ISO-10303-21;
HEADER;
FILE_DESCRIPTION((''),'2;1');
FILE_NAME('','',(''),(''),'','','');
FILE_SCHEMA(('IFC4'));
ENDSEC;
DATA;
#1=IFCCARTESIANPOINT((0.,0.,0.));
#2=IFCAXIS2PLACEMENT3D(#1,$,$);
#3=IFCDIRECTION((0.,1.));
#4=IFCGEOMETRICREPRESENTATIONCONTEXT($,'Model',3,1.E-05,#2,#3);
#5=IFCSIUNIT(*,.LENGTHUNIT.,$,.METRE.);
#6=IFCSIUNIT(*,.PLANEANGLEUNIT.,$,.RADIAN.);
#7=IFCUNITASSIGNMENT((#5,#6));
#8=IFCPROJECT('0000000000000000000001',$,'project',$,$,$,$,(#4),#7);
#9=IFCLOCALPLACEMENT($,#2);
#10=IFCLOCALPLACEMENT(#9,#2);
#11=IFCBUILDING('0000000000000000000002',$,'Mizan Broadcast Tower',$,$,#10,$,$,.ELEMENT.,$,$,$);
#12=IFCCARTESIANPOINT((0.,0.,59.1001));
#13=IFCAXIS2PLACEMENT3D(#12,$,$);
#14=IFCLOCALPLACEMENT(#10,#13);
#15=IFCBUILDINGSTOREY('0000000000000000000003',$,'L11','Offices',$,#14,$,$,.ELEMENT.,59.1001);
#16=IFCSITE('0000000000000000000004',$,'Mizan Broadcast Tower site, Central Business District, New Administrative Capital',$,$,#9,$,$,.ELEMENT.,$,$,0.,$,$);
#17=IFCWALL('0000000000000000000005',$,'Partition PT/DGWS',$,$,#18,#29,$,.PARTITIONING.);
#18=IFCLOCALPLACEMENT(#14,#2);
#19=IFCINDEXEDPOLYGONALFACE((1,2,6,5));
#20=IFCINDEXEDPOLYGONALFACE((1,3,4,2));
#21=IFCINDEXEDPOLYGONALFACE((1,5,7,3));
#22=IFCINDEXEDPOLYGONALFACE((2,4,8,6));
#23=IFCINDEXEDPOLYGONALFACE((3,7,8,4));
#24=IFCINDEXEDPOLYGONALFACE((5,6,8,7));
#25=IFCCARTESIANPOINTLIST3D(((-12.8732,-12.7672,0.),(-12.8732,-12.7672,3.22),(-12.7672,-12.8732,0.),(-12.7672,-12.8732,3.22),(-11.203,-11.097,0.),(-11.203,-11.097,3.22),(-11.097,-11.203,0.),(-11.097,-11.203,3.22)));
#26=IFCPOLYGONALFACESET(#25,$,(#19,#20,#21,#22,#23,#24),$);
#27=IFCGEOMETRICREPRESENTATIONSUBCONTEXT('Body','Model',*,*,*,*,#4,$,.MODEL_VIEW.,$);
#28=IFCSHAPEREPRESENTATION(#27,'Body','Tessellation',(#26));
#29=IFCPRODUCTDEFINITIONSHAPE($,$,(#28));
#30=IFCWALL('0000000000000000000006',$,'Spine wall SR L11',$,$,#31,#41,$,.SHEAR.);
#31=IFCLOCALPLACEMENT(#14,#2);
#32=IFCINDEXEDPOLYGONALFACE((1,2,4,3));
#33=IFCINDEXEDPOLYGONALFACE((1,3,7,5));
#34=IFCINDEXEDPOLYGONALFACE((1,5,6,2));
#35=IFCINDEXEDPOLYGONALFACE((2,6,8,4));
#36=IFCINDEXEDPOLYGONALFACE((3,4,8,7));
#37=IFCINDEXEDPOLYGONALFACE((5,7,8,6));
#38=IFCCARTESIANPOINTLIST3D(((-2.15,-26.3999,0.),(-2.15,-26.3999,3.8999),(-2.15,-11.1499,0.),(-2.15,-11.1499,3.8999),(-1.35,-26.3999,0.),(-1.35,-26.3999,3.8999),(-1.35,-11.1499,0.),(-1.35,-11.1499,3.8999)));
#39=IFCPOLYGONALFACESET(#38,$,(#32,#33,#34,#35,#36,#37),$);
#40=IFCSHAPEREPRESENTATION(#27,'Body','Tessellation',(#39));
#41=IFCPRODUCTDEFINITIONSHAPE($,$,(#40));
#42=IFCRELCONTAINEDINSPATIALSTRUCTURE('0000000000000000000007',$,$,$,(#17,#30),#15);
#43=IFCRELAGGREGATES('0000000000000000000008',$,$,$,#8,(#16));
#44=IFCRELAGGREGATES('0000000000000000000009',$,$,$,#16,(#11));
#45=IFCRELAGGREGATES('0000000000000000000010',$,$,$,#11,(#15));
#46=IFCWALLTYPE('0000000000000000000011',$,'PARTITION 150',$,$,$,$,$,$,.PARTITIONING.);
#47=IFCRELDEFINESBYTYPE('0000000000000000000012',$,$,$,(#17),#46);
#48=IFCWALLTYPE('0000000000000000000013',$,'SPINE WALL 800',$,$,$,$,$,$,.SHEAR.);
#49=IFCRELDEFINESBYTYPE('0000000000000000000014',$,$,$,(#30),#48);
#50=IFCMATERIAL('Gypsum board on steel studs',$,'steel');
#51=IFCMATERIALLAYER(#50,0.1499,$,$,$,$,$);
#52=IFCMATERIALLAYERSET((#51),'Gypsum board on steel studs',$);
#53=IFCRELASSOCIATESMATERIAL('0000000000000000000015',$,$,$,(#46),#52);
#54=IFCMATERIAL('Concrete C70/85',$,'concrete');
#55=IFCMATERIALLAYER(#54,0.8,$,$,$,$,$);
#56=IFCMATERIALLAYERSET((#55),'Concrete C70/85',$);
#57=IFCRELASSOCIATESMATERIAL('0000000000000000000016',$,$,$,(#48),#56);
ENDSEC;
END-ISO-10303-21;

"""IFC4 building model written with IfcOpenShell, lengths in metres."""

from ifc_helpers import new_model, si_unit, direction, frame, frame_2d, origin, place, context, subcontext, project, spatial, rectangle, extrude, material, layer, layer_set, type_object, element, save


model = new_model("IFC4")

# Units and contexts
model_context = context("Model", 3, precision=1e-05, world=origin(), true_north=direction((0.0, 1.0)))
body_context = subcontext(model_context, "Body", "Model", "MODEL_VIEW")
ifc_project = project(units=[si_unit("LENGTHUNIT", "METRE"), si_unit("PLANEANGLEUNIT", "RADIAN")], contexts=[model_context])

# Site, building, storey
site_placement = place(None, origin())
site = spatial("IfcSite", under=ifc_project, at=site_placement, Name="Mizan Broadcast Tower site, Central Business District, New Administrative Capital", CompositionType="ELEMENT", RefElevation=0.0)
building_placement = place(site_placement, origin())
building = spatial("IfcBuilding", under=site, at=building_placement, Name="Mizan Broadcast Tower", CompositionType="ELEMENT")
storey_placement = place(building_placement, frame((0.0, 0.0, 59.1001)))
storey = spatial("IfcBuildingStorey", under=building, at=storey_placement, Name="L11", Description="Offices", CompositionType="ELEMENT", Elevation=59.1001)

# Walls
ifc_material_1 = material(Name="Gypsum board on steel studs", Category="steel")
ifc_layer_1 = layer(ifc_material_1, 0.1499)
ifc_layer_set_1 = layer_set([ifc_layer_1], Name="Gypsum board on steel studs")
wall_type_1 = type_object("IfcWallType", Name="PARTITION 150", PredefinedType="PARTITIONING", material=ifc_layer_set_1)
wall_1_placement = place(storey_placement, frame((-11.1499, -11.1499, 0.0), z_axis=(0.0, 0.0, 1.0), x_axis=(-0.707107, -0.707107, 0.0)))
element("IfcWall", 1, at=wall_1_placement, inside=storey, type_object=wall_type_1, Name="Partition PT/DGWS", PredefinedType="PARTITIONING", context=body_context, shape_type="SweptSolid", body=[
    extrude(rectangle(XDim=2.3621, YDim=0.1499, at=frame_2d((1.1812, 0.0))), origin(), (0.0, 0.0, 1.0), 3.22),
])
ifc_material_2 = material(Name="Concrete C70/85", Category="concrete")
ifc_layer_2 = layer(ifc_material_2, 0.8)
ifc_layer_set_2 = layer_set([ifc_layer_2], Name="Concrete C70/85")
wall_type_2 = type_object("IfcWallType", Name="SPINE WALL 800", PredefinedType="SHEAR", material=ifc_layer_set_2)
wall_2_placement = place(storey_placement, frame((-1.75, -11.1499, 0.0), z_axis=(0.0, 0.0, 1.0), x_axis=(0.0, -1.0, 0.0)))
element("IfcWall", 2, at=wall_2_placement, inside=storey, type_object=wall_type_2, Name="Spine wall SR L11", PredefinedType="SHEAR", context=body_context, shape_type="SweptSolid", body=[
    extrude(rectangle(XDim=15.25, YDim=0.8, at=frame_2d((7.625, 0.0))), origin(), (0.0, 0.0, 1.0), 3.8999),
])

save(model, "model.ifc")
